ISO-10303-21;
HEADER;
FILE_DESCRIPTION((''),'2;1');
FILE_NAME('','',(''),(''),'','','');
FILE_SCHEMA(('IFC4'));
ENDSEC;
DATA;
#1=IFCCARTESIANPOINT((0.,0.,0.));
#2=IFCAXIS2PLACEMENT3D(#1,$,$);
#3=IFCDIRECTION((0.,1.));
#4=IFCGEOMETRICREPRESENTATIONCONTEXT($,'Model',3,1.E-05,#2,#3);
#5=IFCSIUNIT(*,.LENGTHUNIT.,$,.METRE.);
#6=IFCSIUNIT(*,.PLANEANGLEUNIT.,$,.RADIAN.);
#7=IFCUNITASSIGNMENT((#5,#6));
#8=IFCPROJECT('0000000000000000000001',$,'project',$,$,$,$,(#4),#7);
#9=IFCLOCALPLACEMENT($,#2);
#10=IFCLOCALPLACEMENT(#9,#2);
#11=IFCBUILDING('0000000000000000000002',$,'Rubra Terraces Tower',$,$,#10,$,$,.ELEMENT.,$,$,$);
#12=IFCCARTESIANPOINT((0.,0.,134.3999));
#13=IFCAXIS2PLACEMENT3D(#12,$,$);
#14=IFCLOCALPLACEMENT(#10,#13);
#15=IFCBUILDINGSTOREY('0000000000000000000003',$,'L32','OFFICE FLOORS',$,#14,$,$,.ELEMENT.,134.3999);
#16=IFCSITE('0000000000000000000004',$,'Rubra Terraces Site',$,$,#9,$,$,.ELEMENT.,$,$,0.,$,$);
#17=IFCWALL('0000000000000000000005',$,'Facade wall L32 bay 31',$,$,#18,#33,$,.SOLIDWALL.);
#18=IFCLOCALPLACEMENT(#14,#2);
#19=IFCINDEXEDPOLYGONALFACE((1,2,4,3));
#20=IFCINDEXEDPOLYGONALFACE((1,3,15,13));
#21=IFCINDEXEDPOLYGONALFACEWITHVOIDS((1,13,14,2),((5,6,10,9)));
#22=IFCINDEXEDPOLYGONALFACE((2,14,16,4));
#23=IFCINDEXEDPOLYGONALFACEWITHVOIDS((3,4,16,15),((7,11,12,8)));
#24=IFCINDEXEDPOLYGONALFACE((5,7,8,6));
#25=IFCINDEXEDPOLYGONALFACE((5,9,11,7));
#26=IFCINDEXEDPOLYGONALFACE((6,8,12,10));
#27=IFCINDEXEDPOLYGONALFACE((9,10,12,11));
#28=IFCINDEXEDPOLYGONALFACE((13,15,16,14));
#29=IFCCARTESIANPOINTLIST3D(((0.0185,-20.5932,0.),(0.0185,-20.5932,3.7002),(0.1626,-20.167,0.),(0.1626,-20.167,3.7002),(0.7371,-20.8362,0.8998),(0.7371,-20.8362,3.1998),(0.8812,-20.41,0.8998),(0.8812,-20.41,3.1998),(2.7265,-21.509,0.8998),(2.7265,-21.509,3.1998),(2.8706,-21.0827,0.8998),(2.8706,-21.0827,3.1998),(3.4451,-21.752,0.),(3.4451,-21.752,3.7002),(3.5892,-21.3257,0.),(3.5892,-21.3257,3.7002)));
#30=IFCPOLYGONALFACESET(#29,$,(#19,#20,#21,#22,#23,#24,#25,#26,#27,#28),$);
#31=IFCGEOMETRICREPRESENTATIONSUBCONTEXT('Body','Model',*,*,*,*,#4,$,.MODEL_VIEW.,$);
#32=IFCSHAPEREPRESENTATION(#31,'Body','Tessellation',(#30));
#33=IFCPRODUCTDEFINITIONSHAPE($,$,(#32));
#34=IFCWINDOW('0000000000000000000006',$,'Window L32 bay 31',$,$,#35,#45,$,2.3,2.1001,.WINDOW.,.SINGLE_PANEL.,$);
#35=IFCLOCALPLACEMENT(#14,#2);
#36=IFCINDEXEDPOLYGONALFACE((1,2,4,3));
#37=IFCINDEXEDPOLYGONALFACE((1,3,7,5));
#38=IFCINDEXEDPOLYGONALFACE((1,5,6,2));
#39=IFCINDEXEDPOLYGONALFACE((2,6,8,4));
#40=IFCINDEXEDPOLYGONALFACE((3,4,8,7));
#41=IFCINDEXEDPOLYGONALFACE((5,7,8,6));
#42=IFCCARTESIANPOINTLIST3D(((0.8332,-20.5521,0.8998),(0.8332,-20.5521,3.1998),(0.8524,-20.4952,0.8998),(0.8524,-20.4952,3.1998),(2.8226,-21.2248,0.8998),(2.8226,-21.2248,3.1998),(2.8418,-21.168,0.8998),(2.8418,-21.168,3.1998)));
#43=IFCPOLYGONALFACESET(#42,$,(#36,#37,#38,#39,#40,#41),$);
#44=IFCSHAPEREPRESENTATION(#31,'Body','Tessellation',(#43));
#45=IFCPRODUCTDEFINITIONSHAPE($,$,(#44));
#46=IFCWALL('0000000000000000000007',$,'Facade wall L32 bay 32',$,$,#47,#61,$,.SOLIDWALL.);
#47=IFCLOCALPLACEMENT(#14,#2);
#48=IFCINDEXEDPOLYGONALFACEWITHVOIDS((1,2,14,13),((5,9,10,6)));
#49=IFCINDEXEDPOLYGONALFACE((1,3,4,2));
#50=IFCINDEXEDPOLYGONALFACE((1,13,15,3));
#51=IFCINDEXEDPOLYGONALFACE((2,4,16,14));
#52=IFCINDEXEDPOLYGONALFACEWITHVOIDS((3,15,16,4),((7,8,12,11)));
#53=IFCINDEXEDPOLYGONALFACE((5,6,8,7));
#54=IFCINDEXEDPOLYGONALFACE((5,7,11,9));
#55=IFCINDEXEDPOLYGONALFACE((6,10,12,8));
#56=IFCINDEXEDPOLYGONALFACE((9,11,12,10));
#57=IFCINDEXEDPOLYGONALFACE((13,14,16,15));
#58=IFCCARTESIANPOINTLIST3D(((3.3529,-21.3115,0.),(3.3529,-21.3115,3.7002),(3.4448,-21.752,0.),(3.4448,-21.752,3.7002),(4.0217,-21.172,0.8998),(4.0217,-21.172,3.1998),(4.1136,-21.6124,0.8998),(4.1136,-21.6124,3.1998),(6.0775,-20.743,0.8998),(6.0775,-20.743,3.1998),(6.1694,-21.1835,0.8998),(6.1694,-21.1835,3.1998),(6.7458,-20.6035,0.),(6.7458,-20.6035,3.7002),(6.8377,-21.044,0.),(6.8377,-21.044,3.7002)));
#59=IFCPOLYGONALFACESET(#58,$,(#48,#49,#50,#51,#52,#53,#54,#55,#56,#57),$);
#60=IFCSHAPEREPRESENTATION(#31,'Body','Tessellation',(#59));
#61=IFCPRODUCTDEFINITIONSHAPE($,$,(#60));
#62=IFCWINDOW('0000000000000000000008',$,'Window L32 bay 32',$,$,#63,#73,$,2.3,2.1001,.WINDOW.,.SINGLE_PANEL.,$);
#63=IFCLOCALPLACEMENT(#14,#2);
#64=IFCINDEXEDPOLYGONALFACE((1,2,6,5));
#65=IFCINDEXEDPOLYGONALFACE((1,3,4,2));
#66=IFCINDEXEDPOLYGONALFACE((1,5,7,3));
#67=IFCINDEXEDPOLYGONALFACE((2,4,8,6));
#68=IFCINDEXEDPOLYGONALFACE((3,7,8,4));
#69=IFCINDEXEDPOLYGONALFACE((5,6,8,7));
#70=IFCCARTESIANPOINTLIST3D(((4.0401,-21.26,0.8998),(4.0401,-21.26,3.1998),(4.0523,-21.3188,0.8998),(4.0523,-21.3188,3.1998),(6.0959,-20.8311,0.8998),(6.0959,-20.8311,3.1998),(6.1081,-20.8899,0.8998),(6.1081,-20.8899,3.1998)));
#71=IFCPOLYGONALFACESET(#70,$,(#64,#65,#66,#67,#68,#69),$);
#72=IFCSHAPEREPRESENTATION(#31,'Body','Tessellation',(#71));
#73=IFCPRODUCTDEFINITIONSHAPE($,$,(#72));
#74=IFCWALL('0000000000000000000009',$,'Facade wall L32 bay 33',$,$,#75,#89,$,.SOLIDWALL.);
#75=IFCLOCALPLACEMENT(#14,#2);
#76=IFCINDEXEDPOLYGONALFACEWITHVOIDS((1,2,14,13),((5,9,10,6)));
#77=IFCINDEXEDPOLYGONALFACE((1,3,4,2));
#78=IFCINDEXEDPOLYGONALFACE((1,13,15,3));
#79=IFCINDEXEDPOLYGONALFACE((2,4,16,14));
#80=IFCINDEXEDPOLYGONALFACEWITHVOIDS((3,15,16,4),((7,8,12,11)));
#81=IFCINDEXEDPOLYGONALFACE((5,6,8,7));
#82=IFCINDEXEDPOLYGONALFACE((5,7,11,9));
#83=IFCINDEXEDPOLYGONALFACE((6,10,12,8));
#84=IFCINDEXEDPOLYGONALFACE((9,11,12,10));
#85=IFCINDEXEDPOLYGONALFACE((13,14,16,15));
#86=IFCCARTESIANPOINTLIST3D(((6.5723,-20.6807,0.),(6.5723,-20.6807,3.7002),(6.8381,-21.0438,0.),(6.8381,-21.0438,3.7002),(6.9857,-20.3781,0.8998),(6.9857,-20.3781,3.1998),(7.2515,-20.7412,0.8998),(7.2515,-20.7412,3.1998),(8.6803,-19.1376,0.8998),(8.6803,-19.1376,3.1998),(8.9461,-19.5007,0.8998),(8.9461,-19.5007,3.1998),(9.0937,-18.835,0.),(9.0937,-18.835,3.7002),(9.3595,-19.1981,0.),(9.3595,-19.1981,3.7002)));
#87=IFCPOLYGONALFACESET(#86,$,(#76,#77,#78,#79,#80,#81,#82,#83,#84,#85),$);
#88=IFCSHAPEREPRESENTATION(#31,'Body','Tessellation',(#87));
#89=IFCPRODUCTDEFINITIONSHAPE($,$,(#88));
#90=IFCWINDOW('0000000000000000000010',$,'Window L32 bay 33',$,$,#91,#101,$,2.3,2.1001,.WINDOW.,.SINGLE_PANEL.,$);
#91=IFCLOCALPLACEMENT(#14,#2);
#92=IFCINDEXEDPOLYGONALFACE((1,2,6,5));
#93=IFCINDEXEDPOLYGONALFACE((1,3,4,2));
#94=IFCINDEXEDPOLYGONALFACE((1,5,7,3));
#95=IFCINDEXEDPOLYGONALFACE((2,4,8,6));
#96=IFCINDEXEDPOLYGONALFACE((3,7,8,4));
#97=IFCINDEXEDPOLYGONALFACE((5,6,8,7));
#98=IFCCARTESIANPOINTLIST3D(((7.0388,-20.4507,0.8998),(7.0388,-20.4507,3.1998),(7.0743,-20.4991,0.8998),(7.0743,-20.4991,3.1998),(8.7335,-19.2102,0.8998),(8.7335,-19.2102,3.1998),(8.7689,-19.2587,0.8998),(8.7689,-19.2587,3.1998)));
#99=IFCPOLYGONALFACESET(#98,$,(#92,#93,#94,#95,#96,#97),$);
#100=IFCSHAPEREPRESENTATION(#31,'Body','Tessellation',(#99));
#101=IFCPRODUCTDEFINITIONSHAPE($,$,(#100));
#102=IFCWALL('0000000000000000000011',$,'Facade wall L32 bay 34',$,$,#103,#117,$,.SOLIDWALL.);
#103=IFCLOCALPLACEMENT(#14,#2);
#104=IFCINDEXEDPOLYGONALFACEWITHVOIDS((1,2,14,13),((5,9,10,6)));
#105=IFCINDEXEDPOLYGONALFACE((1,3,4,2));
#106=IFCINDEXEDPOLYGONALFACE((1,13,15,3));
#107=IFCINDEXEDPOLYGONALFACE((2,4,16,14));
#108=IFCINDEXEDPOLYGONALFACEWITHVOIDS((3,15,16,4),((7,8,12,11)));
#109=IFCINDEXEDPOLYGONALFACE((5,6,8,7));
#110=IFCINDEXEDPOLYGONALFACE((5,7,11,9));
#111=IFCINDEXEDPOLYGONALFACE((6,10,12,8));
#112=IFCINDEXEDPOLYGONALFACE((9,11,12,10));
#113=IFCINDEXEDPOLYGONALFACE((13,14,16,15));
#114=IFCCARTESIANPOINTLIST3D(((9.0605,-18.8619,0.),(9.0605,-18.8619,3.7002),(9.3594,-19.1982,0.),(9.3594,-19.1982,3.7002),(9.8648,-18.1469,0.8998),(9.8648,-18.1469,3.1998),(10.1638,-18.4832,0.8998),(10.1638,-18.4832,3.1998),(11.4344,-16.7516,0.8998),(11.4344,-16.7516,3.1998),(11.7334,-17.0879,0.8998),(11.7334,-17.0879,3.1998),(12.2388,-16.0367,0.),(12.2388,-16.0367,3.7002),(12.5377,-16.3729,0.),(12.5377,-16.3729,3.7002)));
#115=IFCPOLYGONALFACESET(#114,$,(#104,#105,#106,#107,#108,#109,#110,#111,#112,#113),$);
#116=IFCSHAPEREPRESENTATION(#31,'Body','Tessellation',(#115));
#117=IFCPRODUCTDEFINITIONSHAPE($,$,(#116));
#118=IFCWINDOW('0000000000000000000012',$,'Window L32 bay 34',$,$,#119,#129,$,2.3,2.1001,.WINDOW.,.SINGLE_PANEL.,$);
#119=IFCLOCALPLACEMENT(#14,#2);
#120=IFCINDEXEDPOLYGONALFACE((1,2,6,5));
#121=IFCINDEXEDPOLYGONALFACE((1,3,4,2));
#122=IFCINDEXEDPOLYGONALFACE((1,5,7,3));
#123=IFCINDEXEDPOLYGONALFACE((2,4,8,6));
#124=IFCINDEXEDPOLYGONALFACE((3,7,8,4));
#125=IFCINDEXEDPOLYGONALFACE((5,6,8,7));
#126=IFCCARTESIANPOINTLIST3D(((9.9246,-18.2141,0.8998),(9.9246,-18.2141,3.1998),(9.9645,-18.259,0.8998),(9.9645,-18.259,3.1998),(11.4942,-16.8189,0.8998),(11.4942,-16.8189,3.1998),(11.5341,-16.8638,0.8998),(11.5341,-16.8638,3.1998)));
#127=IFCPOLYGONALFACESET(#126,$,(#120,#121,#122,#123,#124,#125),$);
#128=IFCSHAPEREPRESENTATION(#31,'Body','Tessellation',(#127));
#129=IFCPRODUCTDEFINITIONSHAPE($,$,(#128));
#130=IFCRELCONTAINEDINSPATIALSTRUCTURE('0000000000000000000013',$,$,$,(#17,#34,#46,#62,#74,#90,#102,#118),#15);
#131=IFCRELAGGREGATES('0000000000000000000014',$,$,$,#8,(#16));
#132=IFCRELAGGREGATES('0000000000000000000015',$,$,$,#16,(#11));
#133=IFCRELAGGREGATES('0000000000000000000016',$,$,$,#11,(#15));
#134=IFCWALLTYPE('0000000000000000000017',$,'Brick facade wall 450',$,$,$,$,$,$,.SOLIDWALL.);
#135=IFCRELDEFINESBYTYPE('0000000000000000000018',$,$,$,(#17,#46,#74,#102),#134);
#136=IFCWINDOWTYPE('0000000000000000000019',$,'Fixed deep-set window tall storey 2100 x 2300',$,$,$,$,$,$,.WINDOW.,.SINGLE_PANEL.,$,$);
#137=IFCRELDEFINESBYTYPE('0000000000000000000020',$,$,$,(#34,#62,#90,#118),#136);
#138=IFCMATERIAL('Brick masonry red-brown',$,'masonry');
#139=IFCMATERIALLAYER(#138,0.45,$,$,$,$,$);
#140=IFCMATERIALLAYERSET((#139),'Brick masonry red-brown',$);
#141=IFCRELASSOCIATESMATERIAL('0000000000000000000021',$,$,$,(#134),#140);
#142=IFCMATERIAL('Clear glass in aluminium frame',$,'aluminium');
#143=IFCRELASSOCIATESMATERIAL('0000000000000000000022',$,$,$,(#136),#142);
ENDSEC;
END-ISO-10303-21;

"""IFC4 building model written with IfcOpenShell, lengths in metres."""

from ifc_helpers import new_model, si_unit, direction, frame, frame_2d, origin, place, context, subcontext, project, spatial, rectangle, extrude, material, layer, layer_set, type_object, element, fill, save


model = new_model("IFC4")

# Units and contexts
model_context = context("Model", 3, precision=1e-05, world=origin(), true_north=direction((0.0, 1.0)))
body_context = subcontext(model_context, "Body", "Model", "MODEL_VIEW")
ifc_project = project(units=[si_unit("LENGTHUNIT", "METRE"), si_unit("PLANEANGLEUNIT", "RADIAN")], contexts=[model_context])

# Site, building, storey
site_placement = place(None, origin())
site = spatial("IfcSite", under=ifc_project, at=site_placement, Name="Rubra Terraces Site", CompositionType="ELEMENT", RefElevation=0.0)
building_placement = place(site_placement, origin())
building = spatial("IfcBuilding", under=site, at=building_placement, Name="Rubra Terraces Tower", CompositionType="ELEMENT")
storey_placement = place(building_placement, frame((0.0, 0.0, 134.3999)))
storey = spatial("IfcBuildingStorey", under=building, at=storey_placement, Name="L32", Description="OFFICE FLOORS", CompositionType="ELEMENT", Elevation=134.3999)

# Walls, openings, windows
ifc_material_1 = material(Name="Brick masonry red-brown", Category="masonry")
ifc_layer_1 = layer(ifc_material_1, 0.45)
ifc_layer_set_1 = layer_set([ifc_layer_1], Name="Brick masonry red-brown")
wall_type_1 = type_object("IfcWallType", Name="Brick facade wall 450", PredefinedType="SOLIDWALL", material=ifc_layer_set_1)
wall_1_placement = place(storey_placement, frame((0.0906, -20.3801, 0.0), z_axis=(0.0, 0.0, 1.0), x_axis=(0.947304, -0.320335, 0.0)))
wall_1 = element("IfcWall", 1, at=wall_1_placement, inside=storey, type_object=wall_type_1, Name="Facade wall L32 bay 31", PredefinedType="SOLIDWALL", context=body_context, shape_type="SweptSolid", body=[
    extrude(rectangle(XDim=3.6172, YDim=0.45, at=frame_2d((1.8086, 0.0))), origin(), (0.0, 0.0, 1.0), 3.7002),
])
opening_1_placement = place(wall_1_placement, frame((0.7585, 0.0, 0.8999)))
opening_1 = element("IfcOpeningElement", 2, at=opening_1_placement, cuts=wall_1, PredefinedType="OPENING", context=body_context, shape_type="SweptSolid", body=[
    extrude(rectangle(XDim=2.1001, YDim=2.3, at=frame_2d((1.05, 1.1499))), frame((0.0, 0.2349, 0.0), z_axis=(0.0, -1.0, 0.0), x_axis=(1.0, 0.0, 0.0)), (0.0, 0.0, 1.0), 0.47),
])
ifc_material_2 = material(Name="Clear glass in aluminium frame", Category="aluminium")
window_type = type_object("IfcWindowType", Name="Fixed deep-set window tall storey 2100 x 2300", PartitioningType="SINGLE_PANEL", PredefinedType="WINDOW", material=ifc_material_2)
window_1_placement = place(opening_1_placement, origin())
window_1 = element("IfcWindow", 3, at=window_1_placement, inside=storey, type_object=window_type, Name="Window L32 bay 31", OverallHeight=2.3, OverallWidth=2.1001, PartitioningType="SINGLE_PANEL", PredefinedType="WINDOW", context=body_context, shape_type="SweptSolid", body=[
    extrude(rectangle(XDim=2.1001, YDim=2.3, at=frame_2d((1.05, 1.1499))), frame((0.0, 0.135, 0.0), z_axis=(0.0, -1.0, 0.0), x_axis=(1.0, 0.0, 0.0)), (0.0, 0.0, 1.0), 0.0601),
])
fill(opening_1, window_1)
wall_2_placement = place(storey_placement, frame((3.3989, -21.5317, 0.0), z_axis=(0.0, 0.0, 1.0), x_axis=(0.978916, 0.204264, 0.0)))
wall_2 = element("IfcWall", 4, at=wall_2_placement, inside=storey, type_object=wall_type_1, Name="Facade wall L32 bay 32", PredefinedType="SOLIDWALL", context=body_context, shape_type="SweptSolid", body=[
    extrude(rectangle(XDim=3.4661, YDim=0.45, at=frame_2d((1.7329, 0.0))), origin(), (0.0, 0.0, 1.0), 3.7002),
])
opening_2_placement = place(wall_2_placement, frame((0.6831, 0.0, 0.8999)))
opening_2 = element("IfcOpeningElement", 5, at=opening_2_placement, cuts=wall_2, PredefinedType="OPENING", context=body_context, shape_type="SweptSolid", body=[
    extrude(rectangle(XDim=2.1001, YDim=2.3, at=frame_2d((1.05, 1.1499))), frame((0.0, 0.2349, 0.0), z_axis=(0.0, -1.0, 0.0), x_axis=(1.0, 0.0, 0.0)), (0.0, 0.0, 1.0), 0.47),
])
window_2_placement = place(opening_2_placement, origin())
window_2 = element("IfcWindow", 6, at=window_2_placement, inside=storey, type_object=window_type, Name="Window L32 bay 32", OverallHeight=2.3, OverallWidth=2.1001, PartitioningType="SINGLE_PANEL", PredefinedType="WINDOW", context=body_context, shape_type="SweptSolid", body=[
    extrude(rectangle(XDim=2.1001, YDim=2.3, at=frame_2d((1.05, 1.1499))), frame((0.0, 0.135, 0.0), z_axis=(0.0, -1.0, 0.0), x_axis=(1.0, 0.0, 0.0)), (0.0, 0.0, 1.0), 0.0601),
])
fill(opening_2, window_2)
wall_3_placement = place(storey_placement, frame((6.7051, -20.8623, 0.0), z_axis=(0.0, 0.0, 1.0), x_axis=(0.806921, 0.590659, 0.0)))
wall_3 = element("IfcWall", 7, at=wall_3_placement, inside=storey, type_object=wall_type_1, Name="Facade wall L32 bay 33", PredefinedType="SOLIDWALL", context=body_context, shape_type="SweptSolid", body=[
    extrude(rectangle(XDim=3.1248, YDim=0.45, at=frame_2d((1.5625, 0.0))), origin(), (0.0, 0.0, 1.0), 3.7002),
])
opening_3_placement = place(wall_3_placement, frame((0.5125, 0.0, 0.8999)))
opening_3 = element("IfcOpeningElement", 8, at=opening_3_placement, cuts=wall_3, PredefinedType="OPENING", context=body_context, shape_type="SweptSolid", body=[
    extrude(rectangle(XDim=2.1001, YDim=2.3, at=frame_2d((1.05, 1.1499))), frame((0.0, 0.2349, 0.0), z_axis=(0.0, -1.0, 0.0), x_axis=(1.0, 0.0, 0.0)), (0.0, 0.0, 1.0), 0.47),
])
window_3_placement = place(opening_3_placement, origin())
window_3 = element("IfcWindow", 9, at=window_3_placement, inside=storey, type_object=window_type, Name="Window L32 bay 33", OverallHeight=2.3, OverallWidth=2.1001, PartitioningType="SINGLE_PANEL", PredefinedType="WINDOW", context=body_context, shape_type="SweptSolid", body=[
    extrude(rectangle(XDim=2.1001, YDim=2.3, at=frame_2d((1.05, 1.1499))), frame((0.0, 0.135, 0.0), z_axis=(0.0, -1.0, 0.0), x_axis=(1.0, 0.0, 0.0)), (0.0, 0.0, 1.0), 0.0601),
])
fill(opening_3, window_3)
wall_4_placement = place(storey_placement, frame((9.21, -19.03, 0.0), z_axis=(0.0, 0.0, 1.0), x_axis=(0.747397, 0.664378, 0.0)))
wall_4 = element("IfcWall", 10, at=wall_4_placement, inside=storey, type_object=wall_type_1, Name="Facade wall L32 bay 34", PredefinedType="SOLIDWALL", context=body_context, shape_type="SweptSolid", body=[
    extrude(rectangle(XDim=4.2524, YDim=0.45, at=frame_2d((2.1262, 0.0))), origin(), (0.0, 0.0, 1.0), 3.7002),
])
opening_4_placement = place(wall_4_placement, frame((1.0762, 0.0, 0.8999)))
opening_4 = element("IfcOpeningElement", 11, at=opening_4_placement, cuts=wall_4, PredefinedType="OPENING", context=body_context, shape_type="SweptSolid", body=[
    extrude(rectangle(XDim=2.1001, YDim=2.3, at=frame_2d((1.05, 1.1499))), frame((0.0, 0.2349, 0.0), z_axis=(0.0, -1.0, 0.0), x_axis=(1.0, 0.0, 0.0)), (0.0, 0.0, 1.0), 0.47),
])
window_4_placement = place(opening_4_placement, origin())
window_4 = element("IfcWindow", 12, at=window_4_placement, inside=storey, type_object=window_type, Name="Window L32 bay 34", OverallHeight=2.3, OverallWidth=2.1001, PartitioningType="SINGLE_PANEL", PredefinedType="WINDOW", context=body_context, shape_type="SweptSolid", body=[
    extrude(rectangle(XDim=2.1001, YDim=2.3, at=frame_2d((1.05, 1.1499))), frame((0.0, 0.135, 0.0), z_axis=(0.0, -1.0, 0.0), x_axis=(1.0, 0.0, 0.0)), (0.0, 0.0, 1.0), 0.0601),
])
fill(opening_4, window_4)

save(model, "model.ifc")
